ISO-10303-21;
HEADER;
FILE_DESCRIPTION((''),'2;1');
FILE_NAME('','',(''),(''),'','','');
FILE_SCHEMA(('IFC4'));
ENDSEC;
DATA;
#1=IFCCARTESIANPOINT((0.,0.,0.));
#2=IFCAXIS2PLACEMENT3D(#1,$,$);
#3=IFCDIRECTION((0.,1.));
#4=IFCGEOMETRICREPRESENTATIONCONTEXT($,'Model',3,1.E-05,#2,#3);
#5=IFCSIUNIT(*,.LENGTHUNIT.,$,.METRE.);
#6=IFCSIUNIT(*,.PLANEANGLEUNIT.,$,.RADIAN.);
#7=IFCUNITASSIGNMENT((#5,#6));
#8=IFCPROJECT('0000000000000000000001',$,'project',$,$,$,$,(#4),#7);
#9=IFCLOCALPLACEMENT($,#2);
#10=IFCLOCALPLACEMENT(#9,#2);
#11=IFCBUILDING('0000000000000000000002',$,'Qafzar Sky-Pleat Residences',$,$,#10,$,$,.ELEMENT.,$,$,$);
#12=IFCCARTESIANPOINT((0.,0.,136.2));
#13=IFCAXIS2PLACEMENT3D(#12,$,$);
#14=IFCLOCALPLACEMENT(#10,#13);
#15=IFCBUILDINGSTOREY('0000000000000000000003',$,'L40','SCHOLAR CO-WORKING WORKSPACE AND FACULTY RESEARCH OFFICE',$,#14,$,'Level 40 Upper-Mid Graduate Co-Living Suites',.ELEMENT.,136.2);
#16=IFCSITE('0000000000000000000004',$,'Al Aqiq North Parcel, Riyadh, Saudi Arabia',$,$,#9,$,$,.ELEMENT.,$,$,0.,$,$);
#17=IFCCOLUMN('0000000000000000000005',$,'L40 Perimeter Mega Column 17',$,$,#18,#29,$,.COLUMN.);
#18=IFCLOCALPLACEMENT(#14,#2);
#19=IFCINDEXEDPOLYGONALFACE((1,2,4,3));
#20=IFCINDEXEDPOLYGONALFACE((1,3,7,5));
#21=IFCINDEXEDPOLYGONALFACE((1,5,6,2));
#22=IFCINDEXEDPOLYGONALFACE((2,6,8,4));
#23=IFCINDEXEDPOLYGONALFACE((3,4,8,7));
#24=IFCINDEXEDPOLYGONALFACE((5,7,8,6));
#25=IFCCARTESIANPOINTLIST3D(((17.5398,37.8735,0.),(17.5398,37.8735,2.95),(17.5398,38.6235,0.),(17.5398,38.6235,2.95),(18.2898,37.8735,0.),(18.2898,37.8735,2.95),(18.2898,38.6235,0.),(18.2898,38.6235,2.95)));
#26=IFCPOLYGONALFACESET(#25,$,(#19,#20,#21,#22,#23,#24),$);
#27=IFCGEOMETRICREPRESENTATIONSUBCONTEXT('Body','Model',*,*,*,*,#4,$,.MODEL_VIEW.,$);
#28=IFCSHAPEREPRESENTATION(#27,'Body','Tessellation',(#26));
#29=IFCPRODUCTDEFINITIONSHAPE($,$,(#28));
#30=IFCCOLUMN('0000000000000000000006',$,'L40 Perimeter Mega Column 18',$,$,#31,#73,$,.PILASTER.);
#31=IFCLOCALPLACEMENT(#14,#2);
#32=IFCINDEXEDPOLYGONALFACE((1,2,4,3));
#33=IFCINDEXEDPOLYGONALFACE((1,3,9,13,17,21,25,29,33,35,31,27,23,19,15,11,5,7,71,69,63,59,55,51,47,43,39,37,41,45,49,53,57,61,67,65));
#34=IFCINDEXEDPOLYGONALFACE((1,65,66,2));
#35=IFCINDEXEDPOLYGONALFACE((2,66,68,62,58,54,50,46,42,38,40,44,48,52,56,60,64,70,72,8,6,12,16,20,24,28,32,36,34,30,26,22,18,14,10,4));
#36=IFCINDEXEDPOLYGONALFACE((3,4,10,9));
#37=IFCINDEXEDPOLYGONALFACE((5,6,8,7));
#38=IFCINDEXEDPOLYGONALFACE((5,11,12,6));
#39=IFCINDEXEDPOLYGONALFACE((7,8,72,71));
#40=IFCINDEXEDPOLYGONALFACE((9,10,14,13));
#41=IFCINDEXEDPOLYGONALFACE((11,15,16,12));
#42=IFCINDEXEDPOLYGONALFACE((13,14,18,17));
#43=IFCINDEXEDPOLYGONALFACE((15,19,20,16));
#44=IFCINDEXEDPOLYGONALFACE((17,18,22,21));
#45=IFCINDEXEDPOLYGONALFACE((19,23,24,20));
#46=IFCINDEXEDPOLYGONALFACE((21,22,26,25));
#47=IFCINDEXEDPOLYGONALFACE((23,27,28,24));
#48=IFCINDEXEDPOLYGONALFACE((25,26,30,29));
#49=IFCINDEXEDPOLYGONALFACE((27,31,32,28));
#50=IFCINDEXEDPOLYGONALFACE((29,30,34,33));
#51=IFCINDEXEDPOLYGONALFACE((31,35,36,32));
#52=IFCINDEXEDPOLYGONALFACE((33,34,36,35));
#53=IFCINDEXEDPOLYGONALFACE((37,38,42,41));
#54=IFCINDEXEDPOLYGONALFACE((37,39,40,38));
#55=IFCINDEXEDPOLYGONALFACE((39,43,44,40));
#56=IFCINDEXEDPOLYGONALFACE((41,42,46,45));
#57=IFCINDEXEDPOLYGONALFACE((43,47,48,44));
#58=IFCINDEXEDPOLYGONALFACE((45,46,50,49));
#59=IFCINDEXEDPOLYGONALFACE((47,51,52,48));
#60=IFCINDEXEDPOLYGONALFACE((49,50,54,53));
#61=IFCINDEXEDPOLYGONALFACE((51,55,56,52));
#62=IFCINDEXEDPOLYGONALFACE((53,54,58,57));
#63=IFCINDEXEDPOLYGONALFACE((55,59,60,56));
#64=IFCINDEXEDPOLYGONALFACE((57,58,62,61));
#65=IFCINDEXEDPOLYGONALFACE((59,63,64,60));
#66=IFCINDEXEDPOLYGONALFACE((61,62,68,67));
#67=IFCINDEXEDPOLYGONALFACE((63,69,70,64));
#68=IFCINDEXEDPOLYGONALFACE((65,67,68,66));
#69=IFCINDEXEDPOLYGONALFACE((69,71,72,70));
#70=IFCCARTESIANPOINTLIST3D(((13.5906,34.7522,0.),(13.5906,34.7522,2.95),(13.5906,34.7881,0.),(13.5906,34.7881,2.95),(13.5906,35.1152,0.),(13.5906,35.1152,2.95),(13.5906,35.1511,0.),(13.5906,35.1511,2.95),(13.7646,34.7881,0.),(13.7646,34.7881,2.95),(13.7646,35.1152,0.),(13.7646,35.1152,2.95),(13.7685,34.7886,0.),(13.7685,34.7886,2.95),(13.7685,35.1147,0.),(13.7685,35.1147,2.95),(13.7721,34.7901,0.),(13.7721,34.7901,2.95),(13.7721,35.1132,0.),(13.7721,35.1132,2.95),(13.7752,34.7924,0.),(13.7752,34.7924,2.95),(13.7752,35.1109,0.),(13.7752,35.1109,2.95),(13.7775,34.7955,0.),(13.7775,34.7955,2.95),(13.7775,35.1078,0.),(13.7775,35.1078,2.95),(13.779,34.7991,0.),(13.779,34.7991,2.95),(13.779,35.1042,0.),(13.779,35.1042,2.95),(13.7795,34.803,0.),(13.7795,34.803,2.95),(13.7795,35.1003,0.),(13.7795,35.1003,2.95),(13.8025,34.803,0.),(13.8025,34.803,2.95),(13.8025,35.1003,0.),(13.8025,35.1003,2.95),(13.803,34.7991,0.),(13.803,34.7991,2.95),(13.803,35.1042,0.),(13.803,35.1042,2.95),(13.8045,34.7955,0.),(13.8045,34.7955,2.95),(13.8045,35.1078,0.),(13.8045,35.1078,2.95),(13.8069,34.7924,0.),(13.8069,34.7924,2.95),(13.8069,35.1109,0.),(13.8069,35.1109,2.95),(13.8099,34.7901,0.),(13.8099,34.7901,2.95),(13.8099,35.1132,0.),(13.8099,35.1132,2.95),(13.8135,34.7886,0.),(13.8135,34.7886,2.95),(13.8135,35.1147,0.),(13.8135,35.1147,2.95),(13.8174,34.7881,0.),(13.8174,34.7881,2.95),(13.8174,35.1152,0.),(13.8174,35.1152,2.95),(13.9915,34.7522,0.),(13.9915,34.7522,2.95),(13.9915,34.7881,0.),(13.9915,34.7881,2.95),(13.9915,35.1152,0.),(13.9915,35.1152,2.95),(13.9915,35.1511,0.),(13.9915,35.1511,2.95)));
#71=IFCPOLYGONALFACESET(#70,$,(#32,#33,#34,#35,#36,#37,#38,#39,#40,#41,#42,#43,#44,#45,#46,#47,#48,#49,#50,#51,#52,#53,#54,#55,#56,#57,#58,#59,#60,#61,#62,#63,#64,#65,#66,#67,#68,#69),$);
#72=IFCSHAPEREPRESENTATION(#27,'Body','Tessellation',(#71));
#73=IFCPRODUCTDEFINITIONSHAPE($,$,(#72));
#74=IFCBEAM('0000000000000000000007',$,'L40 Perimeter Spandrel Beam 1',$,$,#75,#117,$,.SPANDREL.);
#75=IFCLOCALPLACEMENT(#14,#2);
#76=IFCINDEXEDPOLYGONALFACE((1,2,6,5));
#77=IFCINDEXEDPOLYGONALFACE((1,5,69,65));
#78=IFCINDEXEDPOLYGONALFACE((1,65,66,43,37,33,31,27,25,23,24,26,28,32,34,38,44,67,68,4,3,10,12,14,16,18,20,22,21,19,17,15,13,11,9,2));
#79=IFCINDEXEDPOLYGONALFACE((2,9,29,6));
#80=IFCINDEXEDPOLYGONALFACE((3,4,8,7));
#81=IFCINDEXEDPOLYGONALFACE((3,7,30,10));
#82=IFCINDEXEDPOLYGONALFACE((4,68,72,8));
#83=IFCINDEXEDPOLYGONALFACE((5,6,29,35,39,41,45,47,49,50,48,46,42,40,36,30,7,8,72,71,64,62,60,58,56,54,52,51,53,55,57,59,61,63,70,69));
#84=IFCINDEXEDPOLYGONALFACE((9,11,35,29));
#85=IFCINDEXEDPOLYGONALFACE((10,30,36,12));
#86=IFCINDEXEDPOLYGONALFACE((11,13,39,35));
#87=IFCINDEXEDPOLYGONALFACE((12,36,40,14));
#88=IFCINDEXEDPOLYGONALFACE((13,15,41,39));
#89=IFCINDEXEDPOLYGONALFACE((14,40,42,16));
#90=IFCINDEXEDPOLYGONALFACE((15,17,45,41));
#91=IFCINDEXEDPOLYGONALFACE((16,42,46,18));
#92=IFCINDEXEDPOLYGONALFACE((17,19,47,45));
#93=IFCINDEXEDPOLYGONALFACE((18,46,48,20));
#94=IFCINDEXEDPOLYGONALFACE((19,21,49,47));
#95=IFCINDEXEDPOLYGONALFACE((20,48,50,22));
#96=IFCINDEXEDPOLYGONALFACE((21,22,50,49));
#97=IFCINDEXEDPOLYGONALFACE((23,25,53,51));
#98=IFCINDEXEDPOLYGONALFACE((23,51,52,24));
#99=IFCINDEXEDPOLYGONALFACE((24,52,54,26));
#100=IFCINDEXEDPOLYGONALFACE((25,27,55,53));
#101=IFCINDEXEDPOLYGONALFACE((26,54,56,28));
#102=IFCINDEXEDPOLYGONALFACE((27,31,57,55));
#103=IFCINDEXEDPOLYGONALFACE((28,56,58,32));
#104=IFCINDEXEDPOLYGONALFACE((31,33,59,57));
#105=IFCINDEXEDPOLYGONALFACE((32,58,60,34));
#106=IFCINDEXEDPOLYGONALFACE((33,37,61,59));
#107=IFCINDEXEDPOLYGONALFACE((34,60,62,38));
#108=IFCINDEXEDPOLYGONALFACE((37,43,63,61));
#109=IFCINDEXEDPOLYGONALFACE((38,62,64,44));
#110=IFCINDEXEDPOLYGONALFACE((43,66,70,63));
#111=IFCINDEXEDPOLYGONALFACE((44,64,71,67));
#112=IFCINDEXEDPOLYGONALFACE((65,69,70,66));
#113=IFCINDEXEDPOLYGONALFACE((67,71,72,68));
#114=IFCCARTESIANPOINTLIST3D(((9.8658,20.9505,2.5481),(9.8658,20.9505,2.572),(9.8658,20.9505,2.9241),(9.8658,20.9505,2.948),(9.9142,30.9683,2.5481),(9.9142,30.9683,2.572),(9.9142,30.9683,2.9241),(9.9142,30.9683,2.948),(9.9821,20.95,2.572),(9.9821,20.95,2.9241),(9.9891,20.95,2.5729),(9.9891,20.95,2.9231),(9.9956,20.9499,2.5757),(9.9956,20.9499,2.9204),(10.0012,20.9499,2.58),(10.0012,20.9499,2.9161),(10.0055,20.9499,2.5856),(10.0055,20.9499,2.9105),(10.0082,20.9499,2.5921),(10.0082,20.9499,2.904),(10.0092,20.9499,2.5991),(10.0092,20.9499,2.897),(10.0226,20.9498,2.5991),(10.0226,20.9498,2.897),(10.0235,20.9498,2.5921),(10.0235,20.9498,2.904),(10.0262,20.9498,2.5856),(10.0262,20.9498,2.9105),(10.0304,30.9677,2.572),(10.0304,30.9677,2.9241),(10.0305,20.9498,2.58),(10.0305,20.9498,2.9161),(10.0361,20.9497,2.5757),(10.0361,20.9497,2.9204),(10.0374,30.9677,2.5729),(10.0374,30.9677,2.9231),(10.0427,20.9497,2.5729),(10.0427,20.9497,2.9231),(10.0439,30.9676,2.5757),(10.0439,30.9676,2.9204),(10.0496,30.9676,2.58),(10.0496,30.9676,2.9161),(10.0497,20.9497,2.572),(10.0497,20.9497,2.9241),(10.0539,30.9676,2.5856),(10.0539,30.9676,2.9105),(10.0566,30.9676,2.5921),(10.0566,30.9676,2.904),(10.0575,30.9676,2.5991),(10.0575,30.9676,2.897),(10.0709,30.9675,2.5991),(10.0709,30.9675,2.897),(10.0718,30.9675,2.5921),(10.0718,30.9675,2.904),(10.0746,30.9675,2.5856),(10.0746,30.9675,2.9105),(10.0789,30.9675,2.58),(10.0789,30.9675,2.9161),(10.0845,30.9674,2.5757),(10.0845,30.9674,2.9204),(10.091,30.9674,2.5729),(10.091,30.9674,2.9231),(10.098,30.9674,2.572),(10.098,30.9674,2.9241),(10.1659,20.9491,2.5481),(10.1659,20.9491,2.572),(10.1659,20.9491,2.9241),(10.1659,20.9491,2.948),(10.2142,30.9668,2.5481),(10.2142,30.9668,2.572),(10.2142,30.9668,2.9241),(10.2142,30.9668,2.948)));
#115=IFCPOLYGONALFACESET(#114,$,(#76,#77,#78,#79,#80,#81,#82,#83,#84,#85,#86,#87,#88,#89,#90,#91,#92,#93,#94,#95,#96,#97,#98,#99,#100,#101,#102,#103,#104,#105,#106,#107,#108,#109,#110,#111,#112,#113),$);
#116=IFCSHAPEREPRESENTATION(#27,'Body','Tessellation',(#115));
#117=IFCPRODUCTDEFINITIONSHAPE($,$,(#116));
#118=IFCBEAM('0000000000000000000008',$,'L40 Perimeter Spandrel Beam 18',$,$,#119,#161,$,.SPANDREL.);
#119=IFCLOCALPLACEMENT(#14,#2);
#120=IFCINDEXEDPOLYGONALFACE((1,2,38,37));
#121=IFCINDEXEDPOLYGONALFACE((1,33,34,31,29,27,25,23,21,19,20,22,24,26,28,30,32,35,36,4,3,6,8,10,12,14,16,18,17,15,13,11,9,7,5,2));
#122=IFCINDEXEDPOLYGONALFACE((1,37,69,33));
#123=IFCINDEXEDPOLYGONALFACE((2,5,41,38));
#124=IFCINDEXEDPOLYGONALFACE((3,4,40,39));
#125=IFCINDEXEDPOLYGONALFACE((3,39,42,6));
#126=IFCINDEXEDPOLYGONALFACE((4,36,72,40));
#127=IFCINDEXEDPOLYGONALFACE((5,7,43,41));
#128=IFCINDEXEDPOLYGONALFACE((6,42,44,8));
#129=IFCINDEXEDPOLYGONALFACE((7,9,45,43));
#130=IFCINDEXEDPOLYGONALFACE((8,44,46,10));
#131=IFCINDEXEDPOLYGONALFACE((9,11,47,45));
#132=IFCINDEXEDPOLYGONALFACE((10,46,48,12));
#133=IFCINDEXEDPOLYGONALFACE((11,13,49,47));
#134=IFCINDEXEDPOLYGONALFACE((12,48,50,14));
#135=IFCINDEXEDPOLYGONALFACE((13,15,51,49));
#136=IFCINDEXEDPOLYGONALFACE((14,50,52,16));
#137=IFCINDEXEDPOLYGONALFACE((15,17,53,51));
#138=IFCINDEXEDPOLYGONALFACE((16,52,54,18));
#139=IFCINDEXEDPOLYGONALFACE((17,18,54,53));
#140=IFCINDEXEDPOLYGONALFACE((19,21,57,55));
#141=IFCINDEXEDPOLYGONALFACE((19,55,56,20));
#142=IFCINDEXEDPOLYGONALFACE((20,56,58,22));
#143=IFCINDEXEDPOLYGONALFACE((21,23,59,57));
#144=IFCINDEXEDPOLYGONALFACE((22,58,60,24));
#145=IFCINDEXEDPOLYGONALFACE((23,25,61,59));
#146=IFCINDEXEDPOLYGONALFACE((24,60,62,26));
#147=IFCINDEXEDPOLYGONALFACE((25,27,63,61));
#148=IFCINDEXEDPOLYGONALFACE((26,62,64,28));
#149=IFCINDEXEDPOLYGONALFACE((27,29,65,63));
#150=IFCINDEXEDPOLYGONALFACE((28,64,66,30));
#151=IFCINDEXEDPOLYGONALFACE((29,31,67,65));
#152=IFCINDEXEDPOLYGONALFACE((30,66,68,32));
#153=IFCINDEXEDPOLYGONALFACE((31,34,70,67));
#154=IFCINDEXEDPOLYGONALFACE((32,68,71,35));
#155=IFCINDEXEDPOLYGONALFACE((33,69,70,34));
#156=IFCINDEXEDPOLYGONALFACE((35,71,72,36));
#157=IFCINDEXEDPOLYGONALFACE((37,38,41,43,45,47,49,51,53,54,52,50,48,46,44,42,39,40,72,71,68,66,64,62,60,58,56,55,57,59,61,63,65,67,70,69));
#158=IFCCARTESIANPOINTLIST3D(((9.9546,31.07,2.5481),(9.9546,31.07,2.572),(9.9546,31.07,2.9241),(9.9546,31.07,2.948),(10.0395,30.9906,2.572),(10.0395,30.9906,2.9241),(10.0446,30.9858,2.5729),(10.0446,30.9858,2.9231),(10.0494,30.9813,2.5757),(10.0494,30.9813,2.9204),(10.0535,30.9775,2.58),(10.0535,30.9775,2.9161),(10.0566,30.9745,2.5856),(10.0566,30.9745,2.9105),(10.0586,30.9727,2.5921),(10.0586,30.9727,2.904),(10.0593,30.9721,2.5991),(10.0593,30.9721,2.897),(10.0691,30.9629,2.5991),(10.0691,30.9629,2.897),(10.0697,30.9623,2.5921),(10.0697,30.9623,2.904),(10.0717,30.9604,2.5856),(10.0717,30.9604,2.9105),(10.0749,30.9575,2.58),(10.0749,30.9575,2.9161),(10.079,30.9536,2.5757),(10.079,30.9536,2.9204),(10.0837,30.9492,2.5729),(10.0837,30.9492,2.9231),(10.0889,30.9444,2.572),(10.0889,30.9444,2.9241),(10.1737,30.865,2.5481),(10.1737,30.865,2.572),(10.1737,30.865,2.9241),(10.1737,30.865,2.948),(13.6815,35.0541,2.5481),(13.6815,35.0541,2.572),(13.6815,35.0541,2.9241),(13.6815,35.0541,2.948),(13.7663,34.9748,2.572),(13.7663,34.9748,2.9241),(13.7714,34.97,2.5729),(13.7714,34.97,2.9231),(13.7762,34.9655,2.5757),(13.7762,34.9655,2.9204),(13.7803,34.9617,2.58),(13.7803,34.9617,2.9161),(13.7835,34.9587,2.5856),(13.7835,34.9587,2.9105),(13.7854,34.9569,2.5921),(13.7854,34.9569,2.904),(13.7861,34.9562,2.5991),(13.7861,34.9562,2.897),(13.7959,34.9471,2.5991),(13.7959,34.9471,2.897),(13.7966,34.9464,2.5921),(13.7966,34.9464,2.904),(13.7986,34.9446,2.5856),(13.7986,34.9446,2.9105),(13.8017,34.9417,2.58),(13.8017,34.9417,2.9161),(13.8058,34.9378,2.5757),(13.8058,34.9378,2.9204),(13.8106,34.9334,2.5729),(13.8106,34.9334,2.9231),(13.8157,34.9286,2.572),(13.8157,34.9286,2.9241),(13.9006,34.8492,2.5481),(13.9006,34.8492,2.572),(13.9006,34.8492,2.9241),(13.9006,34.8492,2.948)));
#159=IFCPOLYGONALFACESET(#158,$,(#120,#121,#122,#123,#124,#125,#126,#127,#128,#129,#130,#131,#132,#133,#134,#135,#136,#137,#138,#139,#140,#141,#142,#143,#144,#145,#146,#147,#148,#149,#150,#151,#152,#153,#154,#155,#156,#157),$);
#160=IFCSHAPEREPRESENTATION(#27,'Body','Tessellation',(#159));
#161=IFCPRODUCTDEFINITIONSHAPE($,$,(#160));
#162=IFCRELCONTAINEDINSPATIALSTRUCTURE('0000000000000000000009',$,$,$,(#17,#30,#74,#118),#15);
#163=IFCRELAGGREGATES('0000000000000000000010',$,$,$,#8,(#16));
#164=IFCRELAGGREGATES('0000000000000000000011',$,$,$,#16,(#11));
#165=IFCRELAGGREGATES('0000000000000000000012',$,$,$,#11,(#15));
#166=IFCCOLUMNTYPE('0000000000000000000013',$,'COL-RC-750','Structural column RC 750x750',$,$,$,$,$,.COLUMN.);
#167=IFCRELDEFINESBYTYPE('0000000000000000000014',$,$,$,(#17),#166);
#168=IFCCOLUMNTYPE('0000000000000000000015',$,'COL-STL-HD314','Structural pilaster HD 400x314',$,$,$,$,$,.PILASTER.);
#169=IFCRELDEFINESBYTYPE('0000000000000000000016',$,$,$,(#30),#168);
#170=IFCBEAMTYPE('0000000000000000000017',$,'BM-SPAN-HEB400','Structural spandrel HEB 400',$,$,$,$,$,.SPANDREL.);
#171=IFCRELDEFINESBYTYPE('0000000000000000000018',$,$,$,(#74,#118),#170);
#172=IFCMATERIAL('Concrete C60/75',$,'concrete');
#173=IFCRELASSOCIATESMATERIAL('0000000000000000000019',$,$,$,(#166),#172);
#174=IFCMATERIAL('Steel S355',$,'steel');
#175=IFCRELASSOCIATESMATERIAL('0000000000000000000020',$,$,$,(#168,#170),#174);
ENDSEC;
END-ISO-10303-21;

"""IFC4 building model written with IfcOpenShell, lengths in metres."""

from ifc_helpers import new_model, si_unit, direction, frame, origin, origin_2d, place, context, subcontext, project, spatial, rectangle, i_section, extrude, source, transform, mapped, material, material_profile, profile_set, type_object, element, save


model = new_model("IFC4")

# Units and contexts
model_context = context("Model", 3, precision=1e-05, world=origin(), true_north=direction((0.0, 1.0)))
body_context = subcontext(model_context, "Body", "Model", "MODEL_VIEW")
ifc_project = project(units=[si_unit("LENGTHUNIT", "METRE"), si_unit("PLANEANGLEUNIT", "RADIAN")], contexts=[model_context])

# Site, building, storey
site_placement = place(None, origin())
site = spatial("IfcSite", under=ifc_project, at=site_placement, Name="Al Aqiq North Parcel, Riyadh, Saudi Arabia", CompositionType="ELEMENT", RefElevation=0.0)
building_placement = place(site_placement, origin())
building = spatial("IfcBuilding", under=site, at=building_placement, Name="Qafzar Sky-Pleat Residences", CompositionType="ELEMENT")
storey_placement = place(building_placement, frame((0.0, 0.0, 136.2)))
storey = spatial("IfcBuildingStorey", under=building, at=storey_placement, Name="L40", Description="SCHOLAR CO-WORKING WORKSPACE AND FACULTY RESEARCH OFFICE", LongName="Level 40 Upper-Mid Graduate Co-Living Suites", CompositionType="ELEMENT", Elevation=136.2)

# Columns
ifc_material_1 = material(Name="Concrete C60/75", Category="concrete")
ifc_material_profile_1 = material_profile(ifc_material_1, rectangle(XDim=0.75, YDim=0.75, at=origin_2d()), Name="RC 750x750")
ifc_profile_set_1 = profile_set([ifc_material_profile_1], Name="Concrete C60/75")
column_type_1 = type_object("IfcColumnType", Name="COL-RC-750", Description="Structural column RC 750x750", PredefinedType="COLUMN", material=ifc_profile_set_1)
shared_shape_1 = source(origin(), body_context, "Body", "SweptSolid", [
    extrude(rectangle(XDim=0.75, YDim=0.75, at=origin_2d()), origin(), (0.0, 0.0, 1.0), 2.95),
])
column_1_placement = place(storey_placement, frame((17.9148, 38.2485, 0.0), z_axis=(0.0, 0.0, 1.0), x_axis=(1.0, 0.0, 0.0)))
element("IfcColumn", 1, at=column_1_placement, inside=storey, type_object=column_type_1, Name="L40 Perimeter Mega Column 17", PredefinedType="COLUMN", context=body_context, shape_type="MappedRepresentation", body=[
    mapped(shared_shape_1, transform((0.0, 0.0, 0.0), x_axis=(1.0, 0.0, 0.0), y_axis=(0.0, 1.0, 0.0), z_axis=(0.0, 0.0, 1.0), scale=1.0)),
])
ifc_material_2 = material(Name="Steel S355", Category="steel")
ifc_material_profile_2 = material_profile(ifc_material_2, i_section(OverallWidth=0.4009, OverallDepth=0.3989, WebThickness=0.0229, FlangeThickness=0.0359, FilletRadius=0.0149, at=origin_2d()), Name="HD 400x314")
ifc_profile_set_2 = profile_set([ifc_material_profile_2], Name="Steel S355")
column_type_2 = type_object("IfcColumnType", Name="COL-STL-HD314", Description="Structural pilaster HD 400x314", PredefinedType="PILASTER", material=ifc_profile_set_2)
shared_shape_2 = source(origin(), body_context, "Body", "SweptSolid", [
    extrude(i_section(OverallWidth=0.4009, OverallDepth=0.3989, WebThickness=0.0229, FlangeThickness=0.0359, FilletRadius=0.0149, at=origin_2d()), origin(), (0.0, 0.0, 1.0), 2.95),
])
column_2_placement = place(storey_placement, frame((13.791, 34.9517, 0.0), z_axis=(0.0, 0.0, 1.0), x_axis=(1.0, 0.0, 0.0)))
element("IfcColumn", 2, at=column_2_placement, inside=storey, type_object=column_type_2, Name="L40 Perimeter Mega Column 18", PredefinedType="PILASTER", context=body_context, shape_type="MappedRepresentation", body=[
    mapped(shared_shape_2, transform((0.0, 0.0, 0.0), x_axis=(1.0, 0.0, 0.0), y_axis=(0.0, 1.0, 0.0), z_axis=(0.0, 0.0, 1.0), scale=1.0)),
])

# Beams
ifc_material_profile_3 = material_profile(ifc_material_2, i_section(OverallWidth=0.3, OverallDepth=0.3999, WebThickness=0.0134, FlangeThickness=0.0239, FilletRadius=0.0271, at=origin_2d()), Name="HEB 400")
ifc_profile_set_3 = profile_set([ifc_material_profile_3], Name="Steel S355")
beam_type_1 = type_object("IfcBeamType", Name="BM-SPAN-HEB400", Description="Structural spandrel HEB 400", PredefinedType="SPANDREL", material=ifc_profile_set_3)
shared_shape_3 = source(origin(), body_context, "Body", "SweptSolid", [
    extrude(i_section(OverallWidth=0.3, OverallDepth=0.3999, WebThickness=0.0134, FlangeThickness=0.0239, FilletRadius=0.0271, at=origin_2d()), origin(), (0.0, 0.0, 1.0), 10.0178),
])
beam_1_placement = place(storey_placement, frame((10.0642, 30.9675, 2.748), z_axis=(-0.004825, -0.999988, 0.0), x_axis=(0.999988, -0.004825, 0.0)))
element("IfcBeam", 3, at=beam_1_placement, inside=storey, type_object=beam_type_1, Name="L40 Perimeter Spandrel Beam 1", PredefinedType="SPANDREL", context=body_context, shape_type="MappedRepresentation", body=[
    mapped(shared_shape_3, transform((0.0, 0.0, 0.0), x_axis=(1.0, 0.0, 0.0), y_axis=(0.0, 1.0, 0.0), z_axis=(0.0, 0.0, 1.0), scale=1.0)),
])
shared_shape_4 = source(origin(), body_context, "Body", "SweptSolid", [
    extrude(i_section(OverallWidth=0.3, OverallDepth=0.3999, WebThickness=0.0134, FlangeThickness=0.0239, FilletRadius=0.0271, at=origin_2d()), origin(), (0.0, 0.0, 1.0), 5.4556),
])
beam_2_placement = place(storey_placement, frame((13.791, 34.9517, 2.748), z_axis=(-0.683129, -0.730297, 0.0), x_axis=(0.730297, -0.683129, 0.0)))
element("IfcBeam", 4, at=beam_2_placement, inside=storey, type_object=beam_type_1, Name="L40 Perimeter Spandrel Beam 18", PredefinedType="SPANDREL", context=body_context, shape_type="MappedRepresentation", body=[
    mapped(shared_shape_4, transform((0.0, 0.0, 0.0), x_axis=(1.0, 0.0, 0.0), y_axis=(0.0, 1.0, 0.0), z_axis=(0.0, 0.0, 1.0), scale=1.0)),
])

save(model, "model.ifc")
